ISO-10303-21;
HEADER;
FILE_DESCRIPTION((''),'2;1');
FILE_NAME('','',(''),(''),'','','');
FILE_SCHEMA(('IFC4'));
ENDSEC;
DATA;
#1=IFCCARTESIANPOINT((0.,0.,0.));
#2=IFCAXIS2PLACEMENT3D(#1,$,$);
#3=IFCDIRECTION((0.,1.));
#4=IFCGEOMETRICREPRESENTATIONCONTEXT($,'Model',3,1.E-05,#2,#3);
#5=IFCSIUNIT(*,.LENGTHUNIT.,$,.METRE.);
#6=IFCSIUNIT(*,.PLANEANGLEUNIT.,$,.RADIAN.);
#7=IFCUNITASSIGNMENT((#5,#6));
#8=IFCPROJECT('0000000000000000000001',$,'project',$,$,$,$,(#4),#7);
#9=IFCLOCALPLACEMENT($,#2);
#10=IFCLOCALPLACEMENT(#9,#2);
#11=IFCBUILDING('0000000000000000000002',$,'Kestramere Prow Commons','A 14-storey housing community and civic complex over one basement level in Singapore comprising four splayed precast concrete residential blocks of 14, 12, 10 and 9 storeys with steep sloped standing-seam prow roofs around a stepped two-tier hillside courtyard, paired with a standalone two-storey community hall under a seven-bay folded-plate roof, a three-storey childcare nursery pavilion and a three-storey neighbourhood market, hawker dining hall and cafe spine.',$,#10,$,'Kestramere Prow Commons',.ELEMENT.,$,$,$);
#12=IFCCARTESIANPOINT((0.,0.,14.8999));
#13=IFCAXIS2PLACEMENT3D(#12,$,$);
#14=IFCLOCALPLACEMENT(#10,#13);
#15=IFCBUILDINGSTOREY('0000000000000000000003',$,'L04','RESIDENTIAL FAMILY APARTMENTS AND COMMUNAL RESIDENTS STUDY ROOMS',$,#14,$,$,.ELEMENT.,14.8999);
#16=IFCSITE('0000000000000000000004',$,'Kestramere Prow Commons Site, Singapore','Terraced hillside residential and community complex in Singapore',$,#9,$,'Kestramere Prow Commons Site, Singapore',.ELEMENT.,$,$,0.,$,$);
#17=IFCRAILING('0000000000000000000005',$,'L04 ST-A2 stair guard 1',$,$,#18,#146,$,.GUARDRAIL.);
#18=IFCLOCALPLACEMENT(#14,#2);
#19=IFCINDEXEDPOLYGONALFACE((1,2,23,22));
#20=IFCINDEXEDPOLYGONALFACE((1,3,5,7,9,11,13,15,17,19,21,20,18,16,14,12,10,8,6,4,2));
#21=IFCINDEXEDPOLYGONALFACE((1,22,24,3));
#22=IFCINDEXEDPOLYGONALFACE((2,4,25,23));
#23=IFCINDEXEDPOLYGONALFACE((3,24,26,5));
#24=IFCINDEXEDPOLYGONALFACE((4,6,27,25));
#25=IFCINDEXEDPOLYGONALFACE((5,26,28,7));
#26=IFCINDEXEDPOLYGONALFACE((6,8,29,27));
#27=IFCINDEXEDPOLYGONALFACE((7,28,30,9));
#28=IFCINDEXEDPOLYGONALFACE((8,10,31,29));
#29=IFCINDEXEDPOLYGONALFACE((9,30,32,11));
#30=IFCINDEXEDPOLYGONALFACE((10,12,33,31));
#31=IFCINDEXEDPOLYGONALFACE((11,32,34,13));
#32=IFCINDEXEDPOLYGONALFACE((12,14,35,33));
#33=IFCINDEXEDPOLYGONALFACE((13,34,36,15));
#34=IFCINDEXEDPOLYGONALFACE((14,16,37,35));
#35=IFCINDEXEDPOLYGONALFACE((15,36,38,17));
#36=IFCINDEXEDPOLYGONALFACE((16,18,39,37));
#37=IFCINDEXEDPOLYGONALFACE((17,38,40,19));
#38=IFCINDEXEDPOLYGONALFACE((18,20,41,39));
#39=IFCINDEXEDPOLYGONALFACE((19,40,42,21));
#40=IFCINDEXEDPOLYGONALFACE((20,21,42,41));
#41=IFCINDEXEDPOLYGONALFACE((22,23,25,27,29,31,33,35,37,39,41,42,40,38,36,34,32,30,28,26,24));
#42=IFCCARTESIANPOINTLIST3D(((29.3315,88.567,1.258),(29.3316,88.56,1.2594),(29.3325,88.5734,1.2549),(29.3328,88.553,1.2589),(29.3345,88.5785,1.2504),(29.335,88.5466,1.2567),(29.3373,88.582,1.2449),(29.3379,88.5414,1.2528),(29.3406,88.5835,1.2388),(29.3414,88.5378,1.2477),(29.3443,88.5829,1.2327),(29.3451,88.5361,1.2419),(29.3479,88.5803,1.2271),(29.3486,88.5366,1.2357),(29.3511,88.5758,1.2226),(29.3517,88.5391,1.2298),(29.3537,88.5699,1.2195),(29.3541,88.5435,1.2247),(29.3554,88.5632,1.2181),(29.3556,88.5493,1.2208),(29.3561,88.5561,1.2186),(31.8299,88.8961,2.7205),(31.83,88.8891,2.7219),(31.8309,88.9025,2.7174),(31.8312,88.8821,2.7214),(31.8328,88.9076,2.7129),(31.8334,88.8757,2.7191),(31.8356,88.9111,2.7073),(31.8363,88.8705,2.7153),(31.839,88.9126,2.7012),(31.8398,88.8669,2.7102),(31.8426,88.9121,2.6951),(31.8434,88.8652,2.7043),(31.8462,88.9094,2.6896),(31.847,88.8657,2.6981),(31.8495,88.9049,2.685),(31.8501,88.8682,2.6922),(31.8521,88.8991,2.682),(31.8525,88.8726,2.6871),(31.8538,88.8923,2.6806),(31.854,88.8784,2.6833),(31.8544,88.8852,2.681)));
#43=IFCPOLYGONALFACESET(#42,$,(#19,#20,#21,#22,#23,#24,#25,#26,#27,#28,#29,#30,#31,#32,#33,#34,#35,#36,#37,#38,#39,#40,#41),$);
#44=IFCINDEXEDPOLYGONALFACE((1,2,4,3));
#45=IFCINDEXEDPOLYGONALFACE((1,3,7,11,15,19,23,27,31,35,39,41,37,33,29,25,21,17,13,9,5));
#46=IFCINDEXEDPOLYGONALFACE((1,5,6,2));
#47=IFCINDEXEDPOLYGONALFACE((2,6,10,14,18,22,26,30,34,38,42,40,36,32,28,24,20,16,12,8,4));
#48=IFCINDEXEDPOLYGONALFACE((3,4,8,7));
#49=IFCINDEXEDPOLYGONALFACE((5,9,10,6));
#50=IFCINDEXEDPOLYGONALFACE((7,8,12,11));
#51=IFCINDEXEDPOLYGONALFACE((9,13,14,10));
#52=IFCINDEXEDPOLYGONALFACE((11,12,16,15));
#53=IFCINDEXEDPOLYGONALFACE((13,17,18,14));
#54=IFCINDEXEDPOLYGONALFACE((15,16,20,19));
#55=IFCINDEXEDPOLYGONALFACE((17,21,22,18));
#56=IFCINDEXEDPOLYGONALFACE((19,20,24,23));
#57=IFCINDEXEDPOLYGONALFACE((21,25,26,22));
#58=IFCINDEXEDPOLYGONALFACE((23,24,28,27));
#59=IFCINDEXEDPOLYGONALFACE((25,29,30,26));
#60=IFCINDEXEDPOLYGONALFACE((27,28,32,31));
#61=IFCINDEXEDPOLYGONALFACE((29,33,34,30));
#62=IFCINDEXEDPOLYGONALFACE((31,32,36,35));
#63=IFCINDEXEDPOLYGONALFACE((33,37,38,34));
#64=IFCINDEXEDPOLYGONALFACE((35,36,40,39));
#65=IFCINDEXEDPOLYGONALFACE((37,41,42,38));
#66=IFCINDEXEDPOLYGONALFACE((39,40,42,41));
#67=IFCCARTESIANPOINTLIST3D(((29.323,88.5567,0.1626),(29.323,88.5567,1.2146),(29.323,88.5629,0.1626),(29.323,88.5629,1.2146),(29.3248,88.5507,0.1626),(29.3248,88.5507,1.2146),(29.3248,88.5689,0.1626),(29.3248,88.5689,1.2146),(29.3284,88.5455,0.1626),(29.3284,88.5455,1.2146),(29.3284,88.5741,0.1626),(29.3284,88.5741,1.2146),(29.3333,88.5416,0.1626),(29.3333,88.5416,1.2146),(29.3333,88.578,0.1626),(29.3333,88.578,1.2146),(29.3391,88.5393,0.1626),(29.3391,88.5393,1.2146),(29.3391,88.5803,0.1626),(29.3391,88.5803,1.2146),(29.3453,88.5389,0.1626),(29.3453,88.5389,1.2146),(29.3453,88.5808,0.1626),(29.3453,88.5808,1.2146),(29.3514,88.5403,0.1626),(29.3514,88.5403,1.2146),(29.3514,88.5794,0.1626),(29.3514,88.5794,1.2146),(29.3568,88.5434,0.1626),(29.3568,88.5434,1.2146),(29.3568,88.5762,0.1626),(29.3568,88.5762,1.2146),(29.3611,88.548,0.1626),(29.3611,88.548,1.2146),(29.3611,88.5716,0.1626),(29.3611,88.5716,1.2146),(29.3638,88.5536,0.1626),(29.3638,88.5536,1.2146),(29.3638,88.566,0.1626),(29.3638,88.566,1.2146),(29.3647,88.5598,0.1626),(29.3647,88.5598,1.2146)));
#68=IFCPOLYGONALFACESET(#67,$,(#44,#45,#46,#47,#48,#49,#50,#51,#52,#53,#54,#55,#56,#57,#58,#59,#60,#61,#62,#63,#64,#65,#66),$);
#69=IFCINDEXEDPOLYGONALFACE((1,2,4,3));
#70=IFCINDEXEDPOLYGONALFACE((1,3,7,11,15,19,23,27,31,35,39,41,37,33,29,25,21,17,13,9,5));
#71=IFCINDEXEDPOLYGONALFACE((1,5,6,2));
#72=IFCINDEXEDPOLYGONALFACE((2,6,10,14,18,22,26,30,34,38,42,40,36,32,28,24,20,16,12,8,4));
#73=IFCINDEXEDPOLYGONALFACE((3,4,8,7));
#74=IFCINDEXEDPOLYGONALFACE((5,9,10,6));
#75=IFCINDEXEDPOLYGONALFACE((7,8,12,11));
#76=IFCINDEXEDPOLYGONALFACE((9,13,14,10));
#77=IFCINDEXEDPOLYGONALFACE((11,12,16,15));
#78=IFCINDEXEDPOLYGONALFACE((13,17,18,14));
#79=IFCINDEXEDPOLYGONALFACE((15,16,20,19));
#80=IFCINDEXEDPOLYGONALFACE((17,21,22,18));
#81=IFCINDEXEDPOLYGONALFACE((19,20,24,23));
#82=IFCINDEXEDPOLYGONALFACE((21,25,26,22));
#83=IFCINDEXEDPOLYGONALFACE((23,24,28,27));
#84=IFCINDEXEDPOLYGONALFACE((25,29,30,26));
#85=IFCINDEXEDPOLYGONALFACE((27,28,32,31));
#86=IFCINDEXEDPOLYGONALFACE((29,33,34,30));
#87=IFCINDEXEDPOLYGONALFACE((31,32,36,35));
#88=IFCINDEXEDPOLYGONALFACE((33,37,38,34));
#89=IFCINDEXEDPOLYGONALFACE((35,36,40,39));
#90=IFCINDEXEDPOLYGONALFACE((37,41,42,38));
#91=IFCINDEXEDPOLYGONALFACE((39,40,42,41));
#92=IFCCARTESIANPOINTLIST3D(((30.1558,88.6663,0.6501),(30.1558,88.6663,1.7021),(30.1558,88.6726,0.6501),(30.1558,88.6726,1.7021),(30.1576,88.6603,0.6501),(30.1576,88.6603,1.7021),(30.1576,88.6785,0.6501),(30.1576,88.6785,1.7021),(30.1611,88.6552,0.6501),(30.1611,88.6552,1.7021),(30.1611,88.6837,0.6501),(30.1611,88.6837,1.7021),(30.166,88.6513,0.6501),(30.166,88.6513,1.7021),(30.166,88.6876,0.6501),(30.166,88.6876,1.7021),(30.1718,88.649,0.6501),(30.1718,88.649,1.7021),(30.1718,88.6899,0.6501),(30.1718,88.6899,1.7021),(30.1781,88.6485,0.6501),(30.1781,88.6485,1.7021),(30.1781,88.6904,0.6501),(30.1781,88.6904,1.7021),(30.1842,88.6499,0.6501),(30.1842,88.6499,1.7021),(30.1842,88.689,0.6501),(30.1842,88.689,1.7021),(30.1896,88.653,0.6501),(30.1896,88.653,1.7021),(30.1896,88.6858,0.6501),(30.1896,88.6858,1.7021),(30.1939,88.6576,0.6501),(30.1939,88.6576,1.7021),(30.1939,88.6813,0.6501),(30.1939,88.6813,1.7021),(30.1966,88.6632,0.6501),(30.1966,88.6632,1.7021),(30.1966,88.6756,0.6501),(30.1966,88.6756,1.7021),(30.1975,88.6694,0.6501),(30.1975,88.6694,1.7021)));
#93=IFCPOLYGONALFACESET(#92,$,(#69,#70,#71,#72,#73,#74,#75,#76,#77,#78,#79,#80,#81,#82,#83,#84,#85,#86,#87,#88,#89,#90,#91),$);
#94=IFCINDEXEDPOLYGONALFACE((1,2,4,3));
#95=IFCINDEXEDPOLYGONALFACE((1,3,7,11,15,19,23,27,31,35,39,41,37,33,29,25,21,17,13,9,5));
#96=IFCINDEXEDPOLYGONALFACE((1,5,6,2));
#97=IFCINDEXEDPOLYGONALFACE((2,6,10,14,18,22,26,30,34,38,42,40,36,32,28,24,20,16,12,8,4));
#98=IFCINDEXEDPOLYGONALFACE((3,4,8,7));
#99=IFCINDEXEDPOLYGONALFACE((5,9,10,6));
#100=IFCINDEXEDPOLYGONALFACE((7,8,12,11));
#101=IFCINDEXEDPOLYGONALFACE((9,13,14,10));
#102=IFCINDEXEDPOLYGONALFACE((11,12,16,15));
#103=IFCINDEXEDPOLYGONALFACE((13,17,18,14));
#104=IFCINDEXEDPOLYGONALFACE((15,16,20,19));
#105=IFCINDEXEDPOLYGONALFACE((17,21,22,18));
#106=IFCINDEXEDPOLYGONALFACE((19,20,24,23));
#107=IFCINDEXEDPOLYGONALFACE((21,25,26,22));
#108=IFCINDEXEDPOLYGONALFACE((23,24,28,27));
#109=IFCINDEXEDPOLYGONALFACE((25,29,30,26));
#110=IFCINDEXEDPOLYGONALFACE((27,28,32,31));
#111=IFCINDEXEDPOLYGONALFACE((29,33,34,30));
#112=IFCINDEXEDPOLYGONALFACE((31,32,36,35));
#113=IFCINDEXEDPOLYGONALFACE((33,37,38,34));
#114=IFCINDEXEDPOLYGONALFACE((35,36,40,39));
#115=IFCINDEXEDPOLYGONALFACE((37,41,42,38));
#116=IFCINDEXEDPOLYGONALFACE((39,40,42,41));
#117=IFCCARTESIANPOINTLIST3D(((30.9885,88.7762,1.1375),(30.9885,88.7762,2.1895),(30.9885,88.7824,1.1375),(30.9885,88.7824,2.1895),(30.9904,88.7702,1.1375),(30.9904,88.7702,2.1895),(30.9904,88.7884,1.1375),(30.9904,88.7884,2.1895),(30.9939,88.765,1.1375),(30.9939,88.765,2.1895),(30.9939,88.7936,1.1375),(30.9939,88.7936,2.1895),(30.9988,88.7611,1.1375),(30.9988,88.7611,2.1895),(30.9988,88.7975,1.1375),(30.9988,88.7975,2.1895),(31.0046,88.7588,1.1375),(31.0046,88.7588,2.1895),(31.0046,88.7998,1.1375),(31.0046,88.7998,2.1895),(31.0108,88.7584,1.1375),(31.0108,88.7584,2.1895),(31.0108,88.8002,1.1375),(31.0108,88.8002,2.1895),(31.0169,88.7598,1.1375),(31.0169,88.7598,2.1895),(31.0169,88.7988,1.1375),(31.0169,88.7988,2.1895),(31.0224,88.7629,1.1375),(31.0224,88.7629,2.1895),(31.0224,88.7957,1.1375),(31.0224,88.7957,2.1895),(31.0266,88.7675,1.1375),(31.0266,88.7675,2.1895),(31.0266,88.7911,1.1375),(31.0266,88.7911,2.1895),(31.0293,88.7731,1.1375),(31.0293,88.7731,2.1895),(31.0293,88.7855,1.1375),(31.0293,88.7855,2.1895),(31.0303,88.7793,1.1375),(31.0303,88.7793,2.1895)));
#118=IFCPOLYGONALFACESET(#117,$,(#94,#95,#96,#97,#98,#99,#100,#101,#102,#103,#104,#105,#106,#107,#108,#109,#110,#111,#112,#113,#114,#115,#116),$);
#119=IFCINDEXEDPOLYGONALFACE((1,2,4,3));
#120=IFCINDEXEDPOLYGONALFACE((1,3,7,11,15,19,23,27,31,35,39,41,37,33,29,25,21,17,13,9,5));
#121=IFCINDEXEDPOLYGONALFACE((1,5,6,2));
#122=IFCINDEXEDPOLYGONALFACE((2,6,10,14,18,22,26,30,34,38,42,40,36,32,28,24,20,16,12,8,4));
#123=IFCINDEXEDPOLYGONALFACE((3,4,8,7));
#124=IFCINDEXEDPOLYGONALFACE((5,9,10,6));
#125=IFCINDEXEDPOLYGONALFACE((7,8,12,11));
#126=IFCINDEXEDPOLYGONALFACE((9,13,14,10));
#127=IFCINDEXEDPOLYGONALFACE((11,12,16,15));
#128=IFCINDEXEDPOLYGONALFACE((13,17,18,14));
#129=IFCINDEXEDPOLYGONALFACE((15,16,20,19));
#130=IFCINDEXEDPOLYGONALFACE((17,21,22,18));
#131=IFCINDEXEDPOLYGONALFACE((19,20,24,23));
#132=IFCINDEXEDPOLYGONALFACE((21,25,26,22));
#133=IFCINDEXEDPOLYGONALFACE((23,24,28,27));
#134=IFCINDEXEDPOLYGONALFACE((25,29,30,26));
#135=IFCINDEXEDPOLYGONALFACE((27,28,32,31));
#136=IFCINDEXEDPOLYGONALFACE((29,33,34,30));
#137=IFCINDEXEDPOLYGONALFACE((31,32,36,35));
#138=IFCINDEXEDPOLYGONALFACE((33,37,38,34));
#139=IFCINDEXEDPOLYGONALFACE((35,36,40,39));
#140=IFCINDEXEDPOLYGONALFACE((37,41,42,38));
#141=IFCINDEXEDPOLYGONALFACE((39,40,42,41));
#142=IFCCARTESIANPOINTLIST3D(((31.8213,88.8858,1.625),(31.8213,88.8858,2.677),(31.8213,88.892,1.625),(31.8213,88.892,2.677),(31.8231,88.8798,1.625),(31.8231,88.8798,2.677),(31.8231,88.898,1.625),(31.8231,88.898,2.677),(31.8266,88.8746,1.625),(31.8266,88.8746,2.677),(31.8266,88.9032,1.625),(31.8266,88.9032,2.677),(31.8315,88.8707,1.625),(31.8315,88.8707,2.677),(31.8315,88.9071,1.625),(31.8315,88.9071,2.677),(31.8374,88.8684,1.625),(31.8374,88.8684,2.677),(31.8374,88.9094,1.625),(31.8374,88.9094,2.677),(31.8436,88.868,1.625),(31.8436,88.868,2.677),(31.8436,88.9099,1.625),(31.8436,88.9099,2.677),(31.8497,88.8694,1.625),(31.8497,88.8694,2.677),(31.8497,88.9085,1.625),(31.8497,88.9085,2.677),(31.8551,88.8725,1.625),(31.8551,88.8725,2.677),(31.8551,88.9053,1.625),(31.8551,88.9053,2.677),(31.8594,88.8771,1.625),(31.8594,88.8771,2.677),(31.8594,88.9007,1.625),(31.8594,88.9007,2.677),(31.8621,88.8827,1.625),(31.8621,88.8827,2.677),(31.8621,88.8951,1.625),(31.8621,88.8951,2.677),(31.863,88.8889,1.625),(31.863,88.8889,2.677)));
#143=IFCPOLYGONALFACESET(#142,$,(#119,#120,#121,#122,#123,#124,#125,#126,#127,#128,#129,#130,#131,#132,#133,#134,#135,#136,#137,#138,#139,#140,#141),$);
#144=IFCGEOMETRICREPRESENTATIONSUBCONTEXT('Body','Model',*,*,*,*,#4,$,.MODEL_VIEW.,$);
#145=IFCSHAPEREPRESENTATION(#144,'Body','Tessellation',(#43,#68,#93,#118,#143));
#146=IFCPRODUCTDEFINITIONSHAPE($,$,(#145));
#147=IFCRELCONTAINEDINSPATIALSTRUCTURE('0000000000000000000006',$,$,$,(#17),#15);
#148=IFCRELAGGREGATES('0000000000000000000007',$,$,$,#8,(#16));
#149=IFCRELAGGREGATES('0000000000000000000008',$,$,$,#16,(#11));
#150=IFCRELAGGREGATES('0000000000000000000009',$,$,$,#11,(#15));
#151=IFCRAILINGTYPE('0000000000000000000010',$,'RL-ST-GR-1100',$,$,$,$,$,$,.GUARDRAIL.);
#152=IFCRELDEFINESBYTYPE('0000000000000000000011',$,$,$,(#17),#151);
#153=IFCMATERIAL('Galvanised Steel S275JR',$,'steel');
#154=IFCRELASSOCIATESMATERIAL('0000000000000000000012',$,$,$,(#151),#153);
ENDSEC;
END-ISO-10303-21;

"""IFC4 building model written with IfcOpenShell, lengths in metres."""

from ifc_helpers import new_model, si_unit, direction, frame, origin, origin_2d, place, context, subcontext, project, spatial, circle, extrude, material, type_object, element, save


model = new_model("IFC4")

# Units and contexts
model_context = context("Model", 3, precision=1e-05, world=origin(), true_north=direction((0.0, 1.0)))
body_context = subcontext(model_context, "Body", "Model", "MODEL_VIEW")
ifc_project = project(units=[si_unit("LENGTHUNIT", "METRE"), si_unit("PLANEANGLEUNIT", "RADIAN")], contexts=[model_context])

# Site, building, storey
site_placement = place(None, origin())
site = spatial("IfcSite", under=ifc_project, at=site_placement, Name="Kestramere Prow Commons Site, Singapore", Description="Terraced hillside residential and community complex in Singapore", LongName="Kestramere Prow Commons Site, Singapore", CompositionType="ELEMENT", RefElevation=0.0)
building_placement = place(site_placement, origin())
building = spatial("IfcBuilding", under=site, at=building_placement, Name="Kestramere Prow Commons", Description="A 14-storey housing community and civic complex over one basement level in Singapore comprising four splayed precast concrete residential blocks of 14, 12, 10 and 9 storeys with steep sloped standing-seam prow roofs around a stepped two-tier hillside courtyard, paired with a standalone two-storey community hall under a seven-bay folded-plate roof, a three-storey childcare nursery pavilion and a three-storey neighbourhood market, hawker dining hall and cafe spine.", LongName="Kestramere Prow Commons", CompositionType="ELEMENT")
storey_placement = place(building_placement, frame((0.0, 0.0, 14.8999)))
storey = spatial("IfcBuildingStorey", under=building, at=storey_placement, Name="L04", Description="RESIDENTIAL FAMILY APARTMENTS AND COMMUNAL RESIDENTS STUDY ROOMS", CompositionType="ELEMENT", Elevation=14.8999)

# Railing
ifc_material_1 = material(Name="Galvanised Steel S275JR", Category="steel")
railing_type_1 = type_object("IfcRailingType", Name="RL-ST-GR-1100", PredefinedType="GUARDRAIL", material=ifc_material_1)
railing_1_placement = place(storey_placement, frame((29.3438, 88.5598, 0.1626)))
element("IfcRailing", 1, at=railing_1_placement, inside=storey, type_object=railing_type_1, Name="L04 ST-A2 stair guard 1", PredefinedType="GUARDRAIL", context=body_context, shape_type="SweptSolid", body=[
    extrude(circle(Radius=0.0239, at=origin_2d()), frame((0.0, 0.0, 1.0762), z_axis=(0.857493, 0.112958, 0.501943), x_axis=(-0.130602, 0.991435, 0.0)), (0.0, 0.0, 1.0), 2.9136),
    extrude(circle(Radius=0.021, at=origin_2d()), origin(), (0.0, 0.0, 1.0), 1.052),
    extrude(circle(Radius=0.021, at=origin_2d()), frame((0.8328, 0.1096, 0.4875)), (0.0, 0.0, 1.0), 1.052),
    extrude(circle(Radius=0.021, at=origin_2d()), frame((1.6655, 0.2195, 0.9749)), (0.0, 0.0, 1.0), 1.052),
    extrude(circle(Radius=0.021, at=origin_2d()), frame((2.4983, 0.3291, 1.4624)), (0.0, 0.0, 1.0), 1.052),
])

save(model, "model.ifc")
